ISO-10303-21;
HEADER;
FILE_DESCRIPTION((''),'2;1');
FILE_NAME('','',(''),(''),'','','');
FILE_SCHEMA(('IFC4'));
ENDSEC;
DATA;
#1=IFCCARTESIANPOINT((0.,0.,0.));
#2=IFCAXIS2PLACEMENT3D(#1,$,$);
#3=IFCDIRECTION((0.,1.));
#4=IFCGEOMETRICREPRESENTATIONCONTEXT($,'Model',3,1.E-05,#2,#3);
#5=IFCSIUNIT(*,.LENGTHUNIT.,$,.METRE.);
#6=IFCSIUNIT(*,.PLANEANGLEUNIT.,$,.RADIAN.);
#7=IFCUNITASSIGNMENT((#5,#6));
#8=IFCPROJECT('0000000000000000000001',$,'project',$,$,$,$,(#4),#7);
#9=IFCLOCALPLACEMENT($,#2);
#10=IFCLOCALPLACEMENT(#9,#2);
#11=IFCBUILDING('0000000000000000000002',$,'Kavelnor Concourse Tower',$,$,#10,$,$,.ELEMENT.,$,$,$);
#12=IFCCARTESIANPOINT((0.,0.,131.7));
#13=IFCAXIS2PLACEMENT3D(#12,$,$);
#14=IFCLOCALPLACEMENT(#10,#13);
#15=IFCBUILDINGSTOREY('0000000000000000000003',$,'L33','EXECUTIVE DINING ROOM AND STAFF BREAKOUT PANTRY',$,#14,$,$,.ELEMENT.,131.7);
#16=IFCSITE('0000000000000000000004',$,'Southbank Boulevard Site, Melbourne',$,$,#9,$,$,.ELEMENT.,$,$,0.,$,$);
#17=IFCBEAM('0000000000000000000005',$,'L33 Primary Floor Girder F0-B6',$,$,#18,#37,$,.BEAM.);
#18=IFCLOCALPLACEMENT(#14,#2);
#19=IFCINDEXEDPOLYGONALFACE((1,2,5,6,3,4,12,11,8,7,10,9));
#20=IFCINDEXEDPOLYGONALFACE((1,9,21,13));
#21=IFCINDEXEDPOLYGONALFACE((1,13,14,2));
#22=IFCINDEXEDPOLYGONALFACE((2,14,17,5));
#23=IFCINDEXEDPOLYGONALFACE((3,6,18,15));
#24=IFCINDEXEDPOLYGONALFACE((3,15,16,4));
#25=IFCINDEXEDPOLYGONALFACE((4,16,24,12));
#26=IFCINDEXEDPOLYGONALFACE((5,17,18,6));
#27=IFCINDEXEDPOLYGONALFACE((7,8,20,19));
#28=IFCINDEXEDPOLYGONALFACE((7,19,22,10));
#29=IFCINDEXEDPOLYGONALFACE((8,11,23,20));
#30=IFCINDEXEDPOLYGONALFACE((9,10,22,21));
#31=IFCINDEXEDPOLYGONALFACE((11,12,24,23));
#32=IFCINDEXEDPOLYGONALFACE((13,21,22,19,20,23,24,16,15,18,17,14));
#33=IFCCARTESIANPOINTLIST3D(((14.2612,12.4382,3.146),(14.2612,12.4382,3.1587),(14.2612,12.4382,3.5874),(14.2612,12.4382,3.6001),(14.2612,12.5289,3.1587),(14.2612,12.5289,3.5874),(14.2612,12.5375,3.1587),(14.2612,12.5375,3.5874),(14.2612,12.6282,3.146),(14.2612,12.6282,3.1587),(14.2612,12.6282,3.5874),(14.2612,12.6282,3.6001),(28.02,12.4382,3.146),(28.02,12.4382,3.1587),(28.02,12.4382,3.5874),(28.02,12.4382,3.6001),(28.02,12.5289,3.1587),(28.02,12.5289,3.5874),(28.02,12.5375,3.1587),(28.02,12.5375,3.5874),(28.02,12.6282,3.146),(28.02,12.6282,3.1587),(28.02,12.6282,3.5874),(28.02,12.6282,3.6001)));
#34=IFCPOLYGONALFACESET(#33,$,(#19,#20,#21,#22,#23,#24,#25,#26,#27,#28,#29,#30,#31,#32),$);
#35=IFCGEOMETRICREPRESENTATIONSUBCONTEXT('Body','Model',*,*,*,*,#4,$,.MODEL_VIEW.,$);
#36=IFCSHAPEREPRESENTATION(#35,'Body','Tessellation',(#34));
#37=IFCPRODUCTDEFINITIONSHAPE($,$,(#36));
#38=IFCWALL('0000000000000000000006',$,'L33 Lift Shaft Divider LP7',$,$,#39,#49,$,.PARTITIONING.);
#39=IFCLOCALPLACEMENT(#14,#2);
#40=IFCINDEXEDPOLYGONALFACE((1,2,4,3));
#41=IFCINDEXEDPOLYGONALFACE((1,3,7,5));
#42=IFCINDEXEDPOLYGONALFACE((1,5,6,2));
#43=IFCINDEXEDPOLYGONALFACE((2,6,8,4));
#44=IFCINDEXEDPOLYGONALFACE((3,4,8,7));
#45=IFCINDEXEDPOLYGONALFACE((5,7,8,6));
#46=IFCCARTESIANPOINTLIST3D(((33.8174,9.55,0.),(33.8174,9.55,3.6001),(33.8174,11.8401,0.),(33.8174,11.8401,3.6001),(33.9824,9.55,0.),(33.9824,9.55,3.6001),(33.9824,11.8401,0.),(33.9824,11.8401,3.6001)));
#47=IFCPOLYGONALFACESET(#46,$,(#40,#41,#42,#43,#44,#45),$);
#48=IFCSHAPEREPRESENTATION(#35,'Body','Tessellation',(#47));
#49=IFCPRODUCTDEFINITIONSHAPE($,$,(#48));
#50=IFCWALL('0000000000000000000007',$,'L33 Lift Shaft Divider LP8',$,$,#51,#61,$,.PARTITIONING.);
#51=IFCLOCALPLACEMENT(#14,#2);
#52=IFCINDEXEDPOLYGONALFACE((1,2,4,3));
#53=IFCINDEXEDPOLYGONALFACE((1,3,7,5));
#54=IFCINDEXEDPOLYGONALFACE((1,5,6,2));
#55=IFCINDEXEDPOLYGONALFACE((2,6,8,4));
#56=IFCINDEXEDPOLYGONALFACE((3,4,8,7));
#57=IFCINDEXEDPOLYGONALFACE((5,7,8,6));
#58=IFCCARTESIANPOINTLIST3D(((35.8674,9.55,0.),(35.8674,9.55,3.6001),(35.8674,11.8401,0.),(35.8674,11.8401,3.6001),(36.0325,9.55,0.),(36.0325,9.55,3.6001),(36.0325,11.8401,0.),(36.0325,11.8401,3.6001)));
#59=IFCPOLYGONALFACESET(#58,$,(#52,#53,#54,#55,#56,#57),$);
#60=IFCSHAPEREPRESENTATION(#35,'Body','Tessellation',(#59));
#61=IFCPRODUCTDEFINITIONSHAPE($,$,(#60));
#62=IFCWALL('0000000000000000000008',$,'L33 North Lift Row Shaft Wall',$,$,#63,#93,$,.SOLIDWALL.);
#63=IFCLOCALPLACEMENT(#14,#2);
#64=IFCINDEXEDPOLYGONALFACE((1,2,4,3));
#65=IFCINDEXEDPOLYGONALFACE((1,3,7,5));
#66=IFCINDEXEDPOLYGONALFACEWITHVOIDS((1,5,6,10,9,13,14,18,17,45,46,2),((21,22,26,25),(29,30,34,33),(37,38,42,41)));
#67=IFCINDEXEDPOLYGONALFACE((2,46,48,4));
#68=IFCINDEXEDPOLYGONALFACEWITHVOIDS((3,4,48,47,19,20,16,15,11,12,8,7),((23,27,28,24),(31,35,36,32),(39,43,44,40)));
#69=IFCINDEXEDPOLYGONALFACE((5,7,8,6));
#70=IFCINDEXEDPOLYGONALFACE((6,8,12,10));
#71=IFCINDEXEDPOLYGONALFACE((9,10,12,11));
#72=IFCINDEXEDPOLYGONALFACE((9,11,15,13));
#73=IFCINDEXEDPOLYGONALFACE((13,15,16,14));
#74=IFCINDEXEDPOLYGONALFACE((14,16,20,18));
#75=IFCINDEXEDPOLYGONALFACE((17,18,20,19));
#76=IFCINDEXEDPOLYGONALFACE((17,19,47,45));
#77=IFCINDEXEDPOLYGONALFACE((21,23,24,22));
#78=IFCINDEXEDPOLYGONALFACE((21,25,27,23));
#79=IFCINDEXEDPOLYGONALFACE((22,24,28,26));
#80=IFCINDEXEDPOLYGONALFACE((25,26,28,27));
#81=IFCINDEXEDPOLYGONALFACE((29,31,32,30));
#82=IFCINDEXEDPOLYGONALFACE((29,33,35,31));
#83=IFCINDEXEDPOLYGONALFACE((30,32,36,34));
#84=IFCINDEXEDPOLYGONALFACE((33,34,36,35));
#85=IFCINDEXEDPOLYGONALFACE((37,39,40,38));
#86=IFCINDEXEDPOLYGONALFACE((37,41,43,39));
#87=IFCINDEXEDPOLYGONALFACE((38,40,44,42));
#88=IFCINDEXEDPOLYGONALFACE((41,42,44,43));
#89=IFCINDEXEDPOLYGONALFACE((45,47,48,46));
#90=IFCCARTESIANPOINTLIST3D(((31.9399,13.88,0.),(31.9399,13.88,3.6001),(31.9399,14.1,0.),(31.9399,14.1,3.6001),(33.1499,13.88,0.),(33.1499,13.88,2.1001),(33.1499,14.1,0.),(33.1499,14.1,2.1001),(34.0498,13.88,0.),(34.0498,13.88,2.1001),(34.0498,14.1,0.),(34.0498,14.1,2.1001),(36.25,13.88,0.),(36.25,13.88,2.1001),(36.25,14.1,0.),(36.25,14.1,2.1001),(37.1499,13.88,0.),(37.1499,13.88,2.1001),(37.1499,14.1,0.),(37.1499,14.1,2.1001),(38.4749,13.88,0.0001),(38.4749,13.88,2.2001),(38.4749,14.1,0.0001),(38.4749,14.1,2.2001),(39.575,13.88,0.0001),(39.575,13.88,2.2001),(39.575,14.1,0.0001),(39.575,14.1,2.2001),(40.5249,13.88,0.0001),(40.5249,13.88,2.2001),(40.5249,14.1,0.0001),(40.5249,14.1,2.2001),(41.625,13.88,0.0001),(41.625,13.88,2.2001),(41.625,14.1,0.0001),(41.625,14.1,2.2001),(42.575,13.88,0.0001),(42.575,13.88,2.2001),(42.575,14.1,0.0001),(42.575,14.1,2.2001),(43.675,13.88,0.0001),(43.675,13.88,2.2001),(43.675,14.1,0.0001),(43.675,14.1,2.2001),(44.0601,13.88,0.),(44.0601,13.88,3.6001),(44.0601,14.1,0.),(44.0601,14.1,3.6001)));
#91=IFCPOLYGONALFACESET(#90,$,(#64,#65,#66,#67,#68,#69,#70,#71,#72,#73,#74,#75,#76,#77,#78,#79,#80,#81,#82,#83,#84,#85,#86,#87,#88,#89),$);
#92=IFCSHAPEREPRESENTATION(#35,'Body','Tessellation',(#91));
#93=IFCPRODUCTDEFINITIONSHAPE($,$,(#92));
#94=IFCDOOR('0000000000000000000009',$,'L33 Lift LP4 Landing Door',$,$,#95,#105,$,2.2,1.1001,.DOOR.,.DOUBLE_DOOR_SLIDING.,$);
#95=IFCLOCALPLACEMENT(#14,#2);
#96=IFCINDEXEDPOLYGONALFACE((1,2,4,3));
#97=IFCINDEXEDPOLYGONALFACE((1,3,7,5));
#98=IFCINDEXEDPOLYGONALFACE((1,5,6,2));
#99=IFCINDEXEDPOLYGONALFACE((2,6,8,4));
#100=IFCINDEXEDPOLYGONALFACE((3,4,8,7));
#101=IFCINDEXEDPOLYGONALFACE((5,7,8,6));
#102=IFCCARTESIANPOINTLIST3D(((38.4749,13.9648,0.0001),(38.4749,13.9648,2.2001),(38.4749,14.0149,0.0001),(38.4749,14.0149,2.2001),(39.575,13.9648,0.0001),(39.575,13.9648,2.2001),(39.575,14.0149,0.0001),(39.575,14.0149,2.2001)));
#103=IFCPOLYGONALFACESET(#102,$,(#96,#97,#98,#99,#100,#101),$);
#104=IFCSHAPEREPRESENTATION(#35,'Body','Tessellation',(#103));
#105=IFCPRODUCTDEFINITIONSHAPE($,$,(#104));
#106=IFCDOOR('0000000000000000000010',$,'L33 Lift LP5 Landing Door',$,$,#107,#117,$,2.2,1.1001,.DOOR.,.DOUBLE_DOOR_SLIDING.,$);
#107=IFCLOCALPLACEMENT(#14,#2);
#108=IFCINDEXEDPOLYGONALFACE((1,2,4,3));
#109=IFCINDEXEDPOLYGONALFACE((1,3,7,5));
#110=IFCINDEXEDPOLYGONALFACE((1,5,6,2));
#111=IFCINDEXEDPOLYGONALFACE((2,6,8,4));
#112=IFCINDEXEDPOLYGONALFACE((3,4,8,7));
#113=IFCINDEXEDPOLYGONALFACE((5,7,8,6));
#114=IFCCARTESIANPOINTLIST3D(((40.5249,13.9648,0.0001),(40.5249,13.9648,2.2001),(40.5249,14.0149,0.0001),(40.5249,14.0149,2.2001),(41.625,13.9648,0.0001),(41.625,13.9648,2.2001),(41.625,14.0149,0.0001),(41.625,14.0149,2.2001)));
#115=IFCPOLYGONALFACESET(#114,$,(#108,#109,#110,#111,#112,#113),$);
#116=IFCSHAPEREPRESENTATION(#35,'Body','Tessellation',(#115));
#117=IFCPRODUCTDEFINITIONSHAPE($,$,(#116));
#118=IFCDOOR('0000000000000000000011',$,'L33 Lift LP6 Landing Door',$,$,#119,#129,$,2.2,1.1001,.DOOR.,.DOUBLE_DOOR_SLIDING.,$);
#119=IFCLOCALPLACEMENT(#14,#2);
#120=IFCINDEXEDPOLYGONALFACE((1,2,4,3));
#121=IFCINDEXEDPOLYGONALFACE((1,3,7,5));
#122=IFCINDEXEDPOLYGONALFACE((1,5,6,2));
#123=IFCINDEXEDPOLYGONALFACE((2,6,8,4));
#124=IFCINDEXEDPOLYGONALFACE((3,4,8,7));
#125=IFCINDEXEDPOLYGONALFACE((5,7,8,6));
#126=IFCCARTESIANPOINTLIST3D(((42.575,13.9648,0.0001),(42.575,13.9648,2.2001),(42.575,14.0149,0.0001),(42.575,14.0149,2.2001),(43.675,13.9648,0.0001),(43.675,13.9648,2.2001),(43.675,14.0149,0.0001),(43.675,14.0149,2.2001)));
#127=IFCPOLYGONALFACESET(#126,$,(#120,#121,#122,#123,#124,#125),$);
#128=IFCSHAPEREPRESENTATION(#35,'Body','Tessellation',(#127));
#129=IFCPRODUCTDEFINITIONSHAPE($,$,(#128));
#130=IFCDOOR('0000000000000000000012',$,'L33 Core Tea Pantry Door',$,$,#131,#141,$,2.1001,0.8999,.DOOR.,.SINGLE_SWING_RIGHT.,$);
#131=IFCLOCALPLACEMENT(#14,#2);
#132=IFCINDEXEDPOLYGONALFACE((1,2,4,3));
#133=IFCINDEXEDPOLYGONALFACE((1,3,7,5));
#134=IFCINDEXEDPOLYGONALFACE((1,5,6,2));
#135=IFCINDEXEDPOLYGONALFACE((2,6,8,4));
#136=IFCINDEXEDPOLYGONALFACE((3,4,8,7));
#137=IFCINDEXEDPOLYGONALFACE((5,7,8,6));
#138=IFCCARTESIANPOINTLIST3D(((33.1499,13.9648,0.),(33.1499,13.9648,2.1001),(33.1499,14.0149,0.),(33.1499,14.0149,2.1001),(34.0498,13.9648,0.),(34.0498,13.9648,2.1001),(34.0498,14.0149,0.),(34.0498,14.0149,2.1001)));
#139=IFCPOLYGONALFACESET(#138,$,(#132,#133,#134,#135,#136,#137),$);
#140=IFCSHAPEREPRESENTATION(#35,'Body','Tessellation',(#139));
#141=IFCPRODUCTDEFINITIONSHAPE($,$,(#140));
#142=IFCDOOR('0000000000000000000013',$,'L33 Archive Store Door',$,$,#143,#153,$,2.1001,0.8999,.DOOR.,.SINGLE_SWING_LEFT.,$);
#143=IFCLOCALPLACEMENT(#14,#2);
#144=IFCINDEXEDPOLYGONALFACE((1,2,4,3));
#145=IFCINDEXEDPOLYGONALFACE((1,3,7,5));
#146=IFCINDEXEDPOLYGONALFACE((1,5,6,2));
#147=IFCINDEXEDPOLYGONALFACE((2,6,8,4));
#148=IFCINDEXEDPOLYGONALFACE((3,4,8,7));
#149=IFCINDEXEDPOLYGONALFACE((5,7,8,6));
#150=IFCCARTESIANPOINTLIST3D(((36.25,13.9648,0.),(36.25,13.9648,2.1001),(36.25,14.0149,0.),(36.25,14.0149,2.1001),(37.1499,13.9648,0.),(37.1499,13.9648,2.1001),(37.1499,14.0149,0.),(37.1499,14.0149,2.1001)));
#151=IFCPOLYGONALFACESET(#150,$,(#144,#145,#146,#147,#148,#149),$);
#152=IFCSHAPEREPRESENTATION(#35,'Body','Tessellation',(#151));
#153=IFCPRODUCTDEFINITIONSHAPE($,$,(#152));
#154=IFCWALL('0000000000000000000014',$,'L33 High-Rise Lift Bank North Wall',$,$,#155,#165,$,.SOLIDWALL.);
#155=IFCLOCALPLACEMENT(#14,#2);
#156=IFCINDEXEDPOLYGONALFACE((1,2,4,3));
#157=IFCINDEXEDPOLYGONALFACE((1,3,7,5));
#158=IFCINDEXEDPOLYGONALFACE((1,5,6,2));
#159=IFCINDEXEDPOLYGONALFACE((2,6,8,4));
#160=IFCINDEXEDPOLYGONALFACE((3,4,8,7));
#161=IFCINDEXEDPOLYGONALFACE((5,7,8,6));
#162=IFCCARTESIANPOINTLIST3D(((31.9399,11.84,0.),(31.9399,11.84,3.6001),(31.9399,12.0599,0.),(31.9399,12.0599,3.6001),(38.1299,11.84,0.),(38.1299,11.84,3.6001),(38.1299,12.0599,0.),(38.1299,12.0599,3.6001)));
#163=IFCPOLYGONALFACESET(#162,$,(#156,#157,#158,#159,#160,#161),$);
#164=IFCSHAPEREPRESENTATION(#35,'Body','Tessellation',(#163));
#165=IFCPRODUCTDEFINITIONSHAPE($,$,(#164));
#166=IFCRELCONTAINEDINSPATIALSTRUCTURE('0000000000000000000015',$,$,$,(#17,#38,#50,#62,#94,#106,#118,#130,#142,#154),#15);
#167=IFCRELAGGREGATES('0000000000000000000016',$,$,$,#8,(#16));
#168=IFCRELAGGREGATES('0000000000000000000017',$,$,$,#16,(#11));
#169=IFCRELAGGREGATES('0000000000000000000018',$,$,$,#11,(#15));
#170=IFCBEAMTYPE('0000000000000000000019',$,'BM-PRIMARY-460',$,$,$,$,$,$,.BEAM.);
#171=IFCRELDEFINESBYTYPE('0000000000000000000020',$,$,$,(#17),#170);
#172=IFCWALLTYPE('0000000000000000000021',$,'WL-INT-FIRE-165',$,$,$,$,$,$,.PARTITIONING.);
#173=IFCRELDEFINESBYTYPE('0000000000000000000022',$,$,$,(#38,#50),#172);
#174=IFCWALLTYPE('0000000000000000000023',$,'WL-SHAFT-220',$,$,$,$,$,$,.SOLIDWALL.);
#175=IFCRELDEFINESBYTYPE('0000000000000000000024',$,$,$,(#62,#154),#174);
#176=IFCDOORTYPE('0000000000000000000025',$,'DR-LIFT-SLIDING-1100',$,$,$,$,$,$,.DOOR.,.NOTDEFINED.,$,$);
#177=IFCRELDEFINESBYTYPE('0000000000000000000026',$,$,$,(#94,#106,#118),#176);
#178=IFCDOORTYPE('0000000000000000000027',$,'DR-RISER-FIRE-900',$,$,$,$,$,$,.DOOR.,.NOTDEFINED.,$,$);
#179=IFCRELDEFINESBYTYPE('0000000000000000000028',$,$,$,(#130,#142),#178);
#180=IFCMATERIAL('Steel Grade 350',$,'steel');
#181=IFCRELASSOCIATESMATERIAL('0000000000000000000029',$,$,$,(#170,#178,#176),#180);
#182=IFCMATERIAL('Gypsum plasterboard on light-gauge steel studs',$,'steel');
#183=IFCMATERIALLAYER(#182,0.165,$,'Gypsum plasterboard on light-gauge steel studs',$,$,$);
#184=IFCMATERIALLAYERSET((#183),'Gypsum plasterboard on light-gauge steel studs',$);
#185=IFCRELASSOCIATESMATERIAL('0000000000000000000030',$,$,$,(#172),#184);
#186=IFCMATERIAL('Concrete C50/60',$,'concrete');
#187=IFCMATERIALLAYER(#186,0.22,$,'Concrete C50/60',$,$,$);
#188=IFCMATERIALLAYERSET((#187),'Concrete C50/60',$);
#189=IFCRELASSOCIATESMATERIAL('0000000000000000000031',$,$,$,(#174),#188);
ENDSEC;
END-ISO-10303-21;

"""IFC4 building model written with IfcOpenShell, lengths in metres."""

from ifc_helpers import new_model, si_unit, direction, frame, frame_2d, origin, origin_2d, place, context, subcontext, project, spatial, rectangle, i_section, extrude, material, layer, layer_set, material_profile, profile_set, type_object, element, fill, save


model = new_model("IFC4")

# Units and contexts
model_context = context("Model", 3, precision=1e-05, world=origin(), true_north=direction((0.0, 1.0)))
body_context = subcontext(model_context, "Body", "Model", "MODEL_VIEW")
ifc_project = project(units=[si_unit("LENGTHUNIT", "METRE"), si_unit("PLANEANGLEUNIT", "RADIAN")], contexts=[model_context])

# Site, building, storey
site_placement = place(None, origin())
site = spatial("IfcSite", under=ifc_project, at=site_placement, Name="Southbank Boulevard Site, Melbourne", CompositionType="ELEMENT", RefElevation=0.0)
building_placement = place(site_placement, origin())
building = spatial("IfcBuilding", under=site, at=building_placement, Name="Kavelnor Concourse Tower", CompositionType="ELEMENT")
storey_placement = place(building_placement, frame((0.0, 0.0, 131.7)))
storey = spatial("IfcBuildingStorey", under=building, at=storey_placement, Name="L33", Description="EXECUTIVE DINING ROOM AND STAFF BREAKOUT PANTRY", CompositionType="ELEMENT", Elevation=131.7)

# Beam
ifc_material_1 = material(Name="Steel Grade 350", Category="steel")
ifc_material_profile = material_profile(ifc_material_1, i_section(OverallWidth=0.1899, OverallDepth=0.4541, WebThickness=0.0085, FlangeThickness=0.0127, at=origin_2d()), Name="460UB67")
ifc_profile_set = profile_set([ifc_material_profile], Name="Steel Grade 350")
beam_type = type_object("IfcBeamType", Name="BM-PRIMARY-460", PredefinedType="BEAM", material=ifc_profile_set)
beam_placement = place(storey_placement, frame((28.02, 12.5332, 3.373), z_axis=(-1.0, 0.0, 0.0), x_axis=(0.0, -1.0, 0.0)))
element("IfcBeam", 1, at=beam_placement, inside=storey, type_object=beam_type, Name="L33 Primary Floor Girder F0-B6", PredefinedType="BEAM", context=body_context, shape_type="SweptSolid", body=[
    extrude(i_section(OverallWidth=0.1899, OverallDepth=0.4541, WebThickness=0.0085, FlangeThickness=0.0127, at=origin_2d()), origin(), (0.0, 0.0, 1.0), 13.7588),
])

# Shared definitions
door_type_1 = type_object("IfcDoorType", Name="DR-RISER-FIRE-900", OperationType="NOTDEFINED", PredefinedType="DOOR", material=ifc_material_1)

# Walls
ifc_material_2 = material(Name="Gypsum plasterboard on light-gauge steel studs", Category="steel")
ifc_layer_1 = layer(ifc_material_2, 0.165, Name="Gypsum plasterboard on light-gauge steel studs")
ifc_layer_set_1 = layer_set([ifc_layer_1], Name="Gypsum plasterboard on light-gauge steel studs")
wall_type_1 = type_object("IfcWallType", Name="WL-INT-FIRE-165", PredefinedType="PARTITIONING", material=ifc_layer_set_1)
for number, where, z_axis, x_axis, name in (
    (2, (33.8999, 9.55, 0.0), (0.0, 0.0, 1.0), (0.0, 1.0, 0.0), "L33 Lift Shaft Divider LP7"),
    (3, (35.95, 9.55, 0.0), (0.0, 0.0, 1.0), (0.0, 1.0, 0.0), "L33 Lift Shaft Divider LP8"),
):
    element("IfcWall", number, at=place(storey_placement, frame(where, z_axis=z_axis, x_axis=x_axis)), inside=storey, type_object=wall_type_1, Name=name, PredefinedType="PARTITIONING", context=body_context, shape_type="SweptSolid", body=[
        extrude(rectangle(XDim=2.29, YDim=0.165, at=frame_2d((1.145, 0.0))), origin(), (0.0, 0.0, 1.0), 3.6001),
    ])

# Wall, openings, doors
ifc_material_3 = material(Name="Concrete C50/60", Category="concrete")
ifc_layer_2 = layer(ifc_material_3, 0.22, Name="Concrete C50/60")
ifc_layer_set_2 = layer_set([ifc_layer_2], Name="Concrete C50/60")
wall_type_2 = type_object("IfcWallType", Name="WL-SHAFT-220", PredefinedType="SOLIDWALL", material=ifc_layer_set_2)
wall_1_placement = place(storey_placement, frame((31.9399, 13.99, 0.0), z_axis=(0.0, 0.0, 1.0), x_axis=(1.0, 0.0, 0.0)))
wall_1 = element("IfcWall", 4, at=wall_1_placement, inside=storey, type_object=wall_type_2, Name="L33 North Lift Row Shaft Wall", PredefinedType="SOLIDWALL", context=body_context, shape_type="SweptSolid", body=[
    extrude(rectangle(XDim=12.1201, YDim=0.22, at=frame_2d((6.0601, 0.0))), origin(), (0.0, 0.0, 1.0), 3.6001),
])
opening_1_placement = place(wall_1_placement, frame((1.21, 0.0, 0.0)))
opening_1 = element("IfcOpeningElement", 5, at=opening_1_placement, cuts=wall_1, PredefinedType="OPENING", context=body_context, shape_type="SweptSolid", body=[
    extrude(rectangle(XDim=0.8999, YDim=2.1001, at=frame_2d((0.45, 1.05))), frame((0.0, 0.1201, 0.0), z_axis=(0.0, -1.0, 0.0), x_axis=(1.0, 0.0, 0.0)), (0.0, 0.0, 1.0), 0.24),
])
opening_2_placement = place(wall_1_placement, frame((4.3101, 0.0, 0.0)))
opening_2 = element("IfcOpeningElement", 6, at=opening_2_placement, cuts=wall_1, PredefinedType="OPENING", context=body_context, shape_type="SweptSolid", body=[
    extrude(rectangle(XDim=0.8999, YDim=2.1001, at=frame_2d((0.45, 1.05))), frame((0.0, 0.1201, 0.0), z_axis=(0.0, -1.0, 0.0), x_axis=(1.0, 0.0, 0.0)), (0.0, 0.0, 1.0), 0.24),
])
opening_3_placement = place(wall_1_placement, frame((6.5349, 0.0, 0.0)))
opening_3 = element("IfcOpeningElement", 7, at=opening_3_placement, cuts=wall_1, PredefinedType="OPENING", context=body_context, shape_type="SweptSolid", body=[
    extrude(rectangle(XDim=1.1001, YDim=2.2, at=frame_2d((0.55, 1.1001))), frame((0.0, 0.1201, 0.0), z_axis=(0.0, -1.0, 0.0), x_axis=(1.0, 0.0, 0.0)), (0.0, 0.0, 1.0), 0.24),
])
opening_4_placement = place(wall_1_placement, frame((8.585, 0.0, 0.0)))
opening_4 = element("IfcOpeningElement", 8, at=opening_4_placement, cuts=wall_1, PredefinedType="OPENING", context=body_context, shape_type="SweptSolid", body=[
    extrude(rectangle(XDim=1.1001, YDim=2.2, at=frame_2d((0.55, 1.1001))), frame((0.0, 0.1201, 0.0), z_axis=(0.0, -1.0, 0.0), x_axis=(1.0, 0.0, 0.0)), (0.0, 0.0, 1.0), 0.24),
])
opening_5_placement = place(wall_1_placement, frame((10.635, 0.0, 0.0)))
opening_5 = element("IfcOpeningElement", 9, at=opening_5_placement, cuts=wall_1, PredefinedType="OPENING", context=body_context, shape_type="SweptSolid", body=[
    extrude(rectangle(XDim=1.1001, YDim=2.2, at=frame_2d((0.55, 1.1001))), frame((0.0, 0.1201, 0.0), z_axis=(0.0, -1.0, 0.0), x_axis=(1.0, 0.0, 0.0)), (0.0, 0.0, 1.0), 0.24),
])
door_type_2 = type_object("IfcDoorType", Name="DR-LIFT-SLIDING-1100", OperationType="NOTDEFINED", PredefinedType="DOOR", material=ifc_material_1)
door_1_placement = place(opening_3_placement, origin())
door_1 = element("IfcDoor", 10, at=door_1_placement, inside=storey, type_object=door_type_2, Name="L33 Lift LP4 Landing Door", OperationType="DOUBLE_DOOR_SLIDING", OverallHeight=2.2, OverallWidth=1.1001, PredefinedType="DOOR", context=body_context, shape_type="SweptSolid", body=[
    extrude(rectangle(XDim=1.1001, YDim=2.2, at=frame_2d((0.55, 1.1001))), frame((0.0, 0.0249, 0.0), z_axis=(0.0, -1.0, 0.0), x_axis=(1.0, 0.0, 0.0)), (0.0, 0.0, 1.0), 0.05),
])
fill(opening_3, door_1)
door_2_placement = place(opening_4_placement, origin())
door_2 = element("IfcDoor", 11, at=door_2_placement, inside=storey, type_object=door_type_2, Name="L33 Lift LP5 Landing Door", OperationType="DOUBLE_DOOR_SLIDING", OverallHeight=2.2, OverallWidth=1.1001, PredefinedType="DOOR", context=body_context, shape_type="SweptSolid", body=[
    extrude(rectangle(XDim=1.1001, YDim=2.2, at=frame_2d((0.55, 1.1001))), frame((0.0, 0.0249, 0.0), z_axis=(0.0, -1.0, 0.0), x_axis=(1.0, 0.0, 0.0)), (0.0, 0.0, 1.0), 0.05),
])
fill(opening_4, door_2)
door_3_placement = place(opening_5_placement, origin())
door_3 = element("IfcDoor", 12, at=door_3_placement, inside=storey, type_object=door_type_2, Name="L33 Lift LP6 Landing Door", OperationType="DOUBLE_DOOR_SLIDING", OverallHeight=2.2, OverallWidth=1.1001, PredefinedType="DOOR", context=body_context, shape_type="SweptSolid", body=[
    extrude(rectangle(XDim=1.1001, YDim=2.2, at=frame_2d((0.55, 1.1001))), frame((0.0, 0.0249, 0.0), z_axis=(0.0, -1.0, 0.0), x_axis=(1.0, 0.0, 0.0)), (0.0, 0.0, 1.0), 0.05),
])
fill(opening_5, door_3)
door_4_placement = place(opening_1_placement, origin())
door_4 = element("IfcDoor", 13, at=door_4_placement, inside=storey, type_object=door_type_1, Name="L33 Core Tea Pantry Door", OperationType="SINGLE_SWING_RIGHT", OverallHeight=2.1001, OverallWidth=0.8999, PredefinedType="DOOR", context=body_context, shape_type="SweptSolid", body=[
    extrude(rectangle(XDim=0.8999, YDim=2.1001, at=frame_2d((0.45, 1.05))), frame((0.0, 0.0249, 0.0), z_axis=(0.0, -1.0, 0.0), x_axis=(1.0, 0.0, 0.0)), (0.0, 0.0, 1.0), 0.05),
])
fill(opening_1, door_4)
door_5_placement = place(opening_2_placement, origin())
door_5 = element("IfcDoor", 14, at=door_5_placement, inside=storey, type_object=door_type_1, Name="L33 Archive Store Door", OperationType="SINGLE_SWING_LEFT", OverallHeight=2.1001, OverallWidth=0.8999, PredefinedType="DOOR", context=body_context, shape_type="SweptSolid", body=[
    extrude(rectangle(XDim=0.8999, YDim=2.1001, at=frame_2d((0.45, 1.05))), frame((0.0, 0.0249, 0.0), z_axis=(0.0, -1.0, 0.0), x_axis=(1.0, 0.0, 0.0)), (0.0, 0.0, 1.0), 0.05),
])
fill(opening_2, door_5)

# Wall
wall_2_placement = place(storey_placement, frame((31.9399, 11.95, 0.0), z_axis=(0.0, 0.0, 1.0), x_axis=(1.0, 0.0, 0.0)))
element("IfcWall", 15, at=wall_2_placement, inside=storey, type_object=wall_type_2, Name="L33 High-Rise Lift Bank North Wall", PredefinedType="SOLIDWALL", context=body_context, shape_type="SweptSolid", body=[
    extrude(rectangle(XDim=6.1899, YDim=0.22, at=frame_2d((3.095, 0.0))), origin(), (0.0, 0.0, 1.0), 3.6001),
])

save(model, "model.ifc")
